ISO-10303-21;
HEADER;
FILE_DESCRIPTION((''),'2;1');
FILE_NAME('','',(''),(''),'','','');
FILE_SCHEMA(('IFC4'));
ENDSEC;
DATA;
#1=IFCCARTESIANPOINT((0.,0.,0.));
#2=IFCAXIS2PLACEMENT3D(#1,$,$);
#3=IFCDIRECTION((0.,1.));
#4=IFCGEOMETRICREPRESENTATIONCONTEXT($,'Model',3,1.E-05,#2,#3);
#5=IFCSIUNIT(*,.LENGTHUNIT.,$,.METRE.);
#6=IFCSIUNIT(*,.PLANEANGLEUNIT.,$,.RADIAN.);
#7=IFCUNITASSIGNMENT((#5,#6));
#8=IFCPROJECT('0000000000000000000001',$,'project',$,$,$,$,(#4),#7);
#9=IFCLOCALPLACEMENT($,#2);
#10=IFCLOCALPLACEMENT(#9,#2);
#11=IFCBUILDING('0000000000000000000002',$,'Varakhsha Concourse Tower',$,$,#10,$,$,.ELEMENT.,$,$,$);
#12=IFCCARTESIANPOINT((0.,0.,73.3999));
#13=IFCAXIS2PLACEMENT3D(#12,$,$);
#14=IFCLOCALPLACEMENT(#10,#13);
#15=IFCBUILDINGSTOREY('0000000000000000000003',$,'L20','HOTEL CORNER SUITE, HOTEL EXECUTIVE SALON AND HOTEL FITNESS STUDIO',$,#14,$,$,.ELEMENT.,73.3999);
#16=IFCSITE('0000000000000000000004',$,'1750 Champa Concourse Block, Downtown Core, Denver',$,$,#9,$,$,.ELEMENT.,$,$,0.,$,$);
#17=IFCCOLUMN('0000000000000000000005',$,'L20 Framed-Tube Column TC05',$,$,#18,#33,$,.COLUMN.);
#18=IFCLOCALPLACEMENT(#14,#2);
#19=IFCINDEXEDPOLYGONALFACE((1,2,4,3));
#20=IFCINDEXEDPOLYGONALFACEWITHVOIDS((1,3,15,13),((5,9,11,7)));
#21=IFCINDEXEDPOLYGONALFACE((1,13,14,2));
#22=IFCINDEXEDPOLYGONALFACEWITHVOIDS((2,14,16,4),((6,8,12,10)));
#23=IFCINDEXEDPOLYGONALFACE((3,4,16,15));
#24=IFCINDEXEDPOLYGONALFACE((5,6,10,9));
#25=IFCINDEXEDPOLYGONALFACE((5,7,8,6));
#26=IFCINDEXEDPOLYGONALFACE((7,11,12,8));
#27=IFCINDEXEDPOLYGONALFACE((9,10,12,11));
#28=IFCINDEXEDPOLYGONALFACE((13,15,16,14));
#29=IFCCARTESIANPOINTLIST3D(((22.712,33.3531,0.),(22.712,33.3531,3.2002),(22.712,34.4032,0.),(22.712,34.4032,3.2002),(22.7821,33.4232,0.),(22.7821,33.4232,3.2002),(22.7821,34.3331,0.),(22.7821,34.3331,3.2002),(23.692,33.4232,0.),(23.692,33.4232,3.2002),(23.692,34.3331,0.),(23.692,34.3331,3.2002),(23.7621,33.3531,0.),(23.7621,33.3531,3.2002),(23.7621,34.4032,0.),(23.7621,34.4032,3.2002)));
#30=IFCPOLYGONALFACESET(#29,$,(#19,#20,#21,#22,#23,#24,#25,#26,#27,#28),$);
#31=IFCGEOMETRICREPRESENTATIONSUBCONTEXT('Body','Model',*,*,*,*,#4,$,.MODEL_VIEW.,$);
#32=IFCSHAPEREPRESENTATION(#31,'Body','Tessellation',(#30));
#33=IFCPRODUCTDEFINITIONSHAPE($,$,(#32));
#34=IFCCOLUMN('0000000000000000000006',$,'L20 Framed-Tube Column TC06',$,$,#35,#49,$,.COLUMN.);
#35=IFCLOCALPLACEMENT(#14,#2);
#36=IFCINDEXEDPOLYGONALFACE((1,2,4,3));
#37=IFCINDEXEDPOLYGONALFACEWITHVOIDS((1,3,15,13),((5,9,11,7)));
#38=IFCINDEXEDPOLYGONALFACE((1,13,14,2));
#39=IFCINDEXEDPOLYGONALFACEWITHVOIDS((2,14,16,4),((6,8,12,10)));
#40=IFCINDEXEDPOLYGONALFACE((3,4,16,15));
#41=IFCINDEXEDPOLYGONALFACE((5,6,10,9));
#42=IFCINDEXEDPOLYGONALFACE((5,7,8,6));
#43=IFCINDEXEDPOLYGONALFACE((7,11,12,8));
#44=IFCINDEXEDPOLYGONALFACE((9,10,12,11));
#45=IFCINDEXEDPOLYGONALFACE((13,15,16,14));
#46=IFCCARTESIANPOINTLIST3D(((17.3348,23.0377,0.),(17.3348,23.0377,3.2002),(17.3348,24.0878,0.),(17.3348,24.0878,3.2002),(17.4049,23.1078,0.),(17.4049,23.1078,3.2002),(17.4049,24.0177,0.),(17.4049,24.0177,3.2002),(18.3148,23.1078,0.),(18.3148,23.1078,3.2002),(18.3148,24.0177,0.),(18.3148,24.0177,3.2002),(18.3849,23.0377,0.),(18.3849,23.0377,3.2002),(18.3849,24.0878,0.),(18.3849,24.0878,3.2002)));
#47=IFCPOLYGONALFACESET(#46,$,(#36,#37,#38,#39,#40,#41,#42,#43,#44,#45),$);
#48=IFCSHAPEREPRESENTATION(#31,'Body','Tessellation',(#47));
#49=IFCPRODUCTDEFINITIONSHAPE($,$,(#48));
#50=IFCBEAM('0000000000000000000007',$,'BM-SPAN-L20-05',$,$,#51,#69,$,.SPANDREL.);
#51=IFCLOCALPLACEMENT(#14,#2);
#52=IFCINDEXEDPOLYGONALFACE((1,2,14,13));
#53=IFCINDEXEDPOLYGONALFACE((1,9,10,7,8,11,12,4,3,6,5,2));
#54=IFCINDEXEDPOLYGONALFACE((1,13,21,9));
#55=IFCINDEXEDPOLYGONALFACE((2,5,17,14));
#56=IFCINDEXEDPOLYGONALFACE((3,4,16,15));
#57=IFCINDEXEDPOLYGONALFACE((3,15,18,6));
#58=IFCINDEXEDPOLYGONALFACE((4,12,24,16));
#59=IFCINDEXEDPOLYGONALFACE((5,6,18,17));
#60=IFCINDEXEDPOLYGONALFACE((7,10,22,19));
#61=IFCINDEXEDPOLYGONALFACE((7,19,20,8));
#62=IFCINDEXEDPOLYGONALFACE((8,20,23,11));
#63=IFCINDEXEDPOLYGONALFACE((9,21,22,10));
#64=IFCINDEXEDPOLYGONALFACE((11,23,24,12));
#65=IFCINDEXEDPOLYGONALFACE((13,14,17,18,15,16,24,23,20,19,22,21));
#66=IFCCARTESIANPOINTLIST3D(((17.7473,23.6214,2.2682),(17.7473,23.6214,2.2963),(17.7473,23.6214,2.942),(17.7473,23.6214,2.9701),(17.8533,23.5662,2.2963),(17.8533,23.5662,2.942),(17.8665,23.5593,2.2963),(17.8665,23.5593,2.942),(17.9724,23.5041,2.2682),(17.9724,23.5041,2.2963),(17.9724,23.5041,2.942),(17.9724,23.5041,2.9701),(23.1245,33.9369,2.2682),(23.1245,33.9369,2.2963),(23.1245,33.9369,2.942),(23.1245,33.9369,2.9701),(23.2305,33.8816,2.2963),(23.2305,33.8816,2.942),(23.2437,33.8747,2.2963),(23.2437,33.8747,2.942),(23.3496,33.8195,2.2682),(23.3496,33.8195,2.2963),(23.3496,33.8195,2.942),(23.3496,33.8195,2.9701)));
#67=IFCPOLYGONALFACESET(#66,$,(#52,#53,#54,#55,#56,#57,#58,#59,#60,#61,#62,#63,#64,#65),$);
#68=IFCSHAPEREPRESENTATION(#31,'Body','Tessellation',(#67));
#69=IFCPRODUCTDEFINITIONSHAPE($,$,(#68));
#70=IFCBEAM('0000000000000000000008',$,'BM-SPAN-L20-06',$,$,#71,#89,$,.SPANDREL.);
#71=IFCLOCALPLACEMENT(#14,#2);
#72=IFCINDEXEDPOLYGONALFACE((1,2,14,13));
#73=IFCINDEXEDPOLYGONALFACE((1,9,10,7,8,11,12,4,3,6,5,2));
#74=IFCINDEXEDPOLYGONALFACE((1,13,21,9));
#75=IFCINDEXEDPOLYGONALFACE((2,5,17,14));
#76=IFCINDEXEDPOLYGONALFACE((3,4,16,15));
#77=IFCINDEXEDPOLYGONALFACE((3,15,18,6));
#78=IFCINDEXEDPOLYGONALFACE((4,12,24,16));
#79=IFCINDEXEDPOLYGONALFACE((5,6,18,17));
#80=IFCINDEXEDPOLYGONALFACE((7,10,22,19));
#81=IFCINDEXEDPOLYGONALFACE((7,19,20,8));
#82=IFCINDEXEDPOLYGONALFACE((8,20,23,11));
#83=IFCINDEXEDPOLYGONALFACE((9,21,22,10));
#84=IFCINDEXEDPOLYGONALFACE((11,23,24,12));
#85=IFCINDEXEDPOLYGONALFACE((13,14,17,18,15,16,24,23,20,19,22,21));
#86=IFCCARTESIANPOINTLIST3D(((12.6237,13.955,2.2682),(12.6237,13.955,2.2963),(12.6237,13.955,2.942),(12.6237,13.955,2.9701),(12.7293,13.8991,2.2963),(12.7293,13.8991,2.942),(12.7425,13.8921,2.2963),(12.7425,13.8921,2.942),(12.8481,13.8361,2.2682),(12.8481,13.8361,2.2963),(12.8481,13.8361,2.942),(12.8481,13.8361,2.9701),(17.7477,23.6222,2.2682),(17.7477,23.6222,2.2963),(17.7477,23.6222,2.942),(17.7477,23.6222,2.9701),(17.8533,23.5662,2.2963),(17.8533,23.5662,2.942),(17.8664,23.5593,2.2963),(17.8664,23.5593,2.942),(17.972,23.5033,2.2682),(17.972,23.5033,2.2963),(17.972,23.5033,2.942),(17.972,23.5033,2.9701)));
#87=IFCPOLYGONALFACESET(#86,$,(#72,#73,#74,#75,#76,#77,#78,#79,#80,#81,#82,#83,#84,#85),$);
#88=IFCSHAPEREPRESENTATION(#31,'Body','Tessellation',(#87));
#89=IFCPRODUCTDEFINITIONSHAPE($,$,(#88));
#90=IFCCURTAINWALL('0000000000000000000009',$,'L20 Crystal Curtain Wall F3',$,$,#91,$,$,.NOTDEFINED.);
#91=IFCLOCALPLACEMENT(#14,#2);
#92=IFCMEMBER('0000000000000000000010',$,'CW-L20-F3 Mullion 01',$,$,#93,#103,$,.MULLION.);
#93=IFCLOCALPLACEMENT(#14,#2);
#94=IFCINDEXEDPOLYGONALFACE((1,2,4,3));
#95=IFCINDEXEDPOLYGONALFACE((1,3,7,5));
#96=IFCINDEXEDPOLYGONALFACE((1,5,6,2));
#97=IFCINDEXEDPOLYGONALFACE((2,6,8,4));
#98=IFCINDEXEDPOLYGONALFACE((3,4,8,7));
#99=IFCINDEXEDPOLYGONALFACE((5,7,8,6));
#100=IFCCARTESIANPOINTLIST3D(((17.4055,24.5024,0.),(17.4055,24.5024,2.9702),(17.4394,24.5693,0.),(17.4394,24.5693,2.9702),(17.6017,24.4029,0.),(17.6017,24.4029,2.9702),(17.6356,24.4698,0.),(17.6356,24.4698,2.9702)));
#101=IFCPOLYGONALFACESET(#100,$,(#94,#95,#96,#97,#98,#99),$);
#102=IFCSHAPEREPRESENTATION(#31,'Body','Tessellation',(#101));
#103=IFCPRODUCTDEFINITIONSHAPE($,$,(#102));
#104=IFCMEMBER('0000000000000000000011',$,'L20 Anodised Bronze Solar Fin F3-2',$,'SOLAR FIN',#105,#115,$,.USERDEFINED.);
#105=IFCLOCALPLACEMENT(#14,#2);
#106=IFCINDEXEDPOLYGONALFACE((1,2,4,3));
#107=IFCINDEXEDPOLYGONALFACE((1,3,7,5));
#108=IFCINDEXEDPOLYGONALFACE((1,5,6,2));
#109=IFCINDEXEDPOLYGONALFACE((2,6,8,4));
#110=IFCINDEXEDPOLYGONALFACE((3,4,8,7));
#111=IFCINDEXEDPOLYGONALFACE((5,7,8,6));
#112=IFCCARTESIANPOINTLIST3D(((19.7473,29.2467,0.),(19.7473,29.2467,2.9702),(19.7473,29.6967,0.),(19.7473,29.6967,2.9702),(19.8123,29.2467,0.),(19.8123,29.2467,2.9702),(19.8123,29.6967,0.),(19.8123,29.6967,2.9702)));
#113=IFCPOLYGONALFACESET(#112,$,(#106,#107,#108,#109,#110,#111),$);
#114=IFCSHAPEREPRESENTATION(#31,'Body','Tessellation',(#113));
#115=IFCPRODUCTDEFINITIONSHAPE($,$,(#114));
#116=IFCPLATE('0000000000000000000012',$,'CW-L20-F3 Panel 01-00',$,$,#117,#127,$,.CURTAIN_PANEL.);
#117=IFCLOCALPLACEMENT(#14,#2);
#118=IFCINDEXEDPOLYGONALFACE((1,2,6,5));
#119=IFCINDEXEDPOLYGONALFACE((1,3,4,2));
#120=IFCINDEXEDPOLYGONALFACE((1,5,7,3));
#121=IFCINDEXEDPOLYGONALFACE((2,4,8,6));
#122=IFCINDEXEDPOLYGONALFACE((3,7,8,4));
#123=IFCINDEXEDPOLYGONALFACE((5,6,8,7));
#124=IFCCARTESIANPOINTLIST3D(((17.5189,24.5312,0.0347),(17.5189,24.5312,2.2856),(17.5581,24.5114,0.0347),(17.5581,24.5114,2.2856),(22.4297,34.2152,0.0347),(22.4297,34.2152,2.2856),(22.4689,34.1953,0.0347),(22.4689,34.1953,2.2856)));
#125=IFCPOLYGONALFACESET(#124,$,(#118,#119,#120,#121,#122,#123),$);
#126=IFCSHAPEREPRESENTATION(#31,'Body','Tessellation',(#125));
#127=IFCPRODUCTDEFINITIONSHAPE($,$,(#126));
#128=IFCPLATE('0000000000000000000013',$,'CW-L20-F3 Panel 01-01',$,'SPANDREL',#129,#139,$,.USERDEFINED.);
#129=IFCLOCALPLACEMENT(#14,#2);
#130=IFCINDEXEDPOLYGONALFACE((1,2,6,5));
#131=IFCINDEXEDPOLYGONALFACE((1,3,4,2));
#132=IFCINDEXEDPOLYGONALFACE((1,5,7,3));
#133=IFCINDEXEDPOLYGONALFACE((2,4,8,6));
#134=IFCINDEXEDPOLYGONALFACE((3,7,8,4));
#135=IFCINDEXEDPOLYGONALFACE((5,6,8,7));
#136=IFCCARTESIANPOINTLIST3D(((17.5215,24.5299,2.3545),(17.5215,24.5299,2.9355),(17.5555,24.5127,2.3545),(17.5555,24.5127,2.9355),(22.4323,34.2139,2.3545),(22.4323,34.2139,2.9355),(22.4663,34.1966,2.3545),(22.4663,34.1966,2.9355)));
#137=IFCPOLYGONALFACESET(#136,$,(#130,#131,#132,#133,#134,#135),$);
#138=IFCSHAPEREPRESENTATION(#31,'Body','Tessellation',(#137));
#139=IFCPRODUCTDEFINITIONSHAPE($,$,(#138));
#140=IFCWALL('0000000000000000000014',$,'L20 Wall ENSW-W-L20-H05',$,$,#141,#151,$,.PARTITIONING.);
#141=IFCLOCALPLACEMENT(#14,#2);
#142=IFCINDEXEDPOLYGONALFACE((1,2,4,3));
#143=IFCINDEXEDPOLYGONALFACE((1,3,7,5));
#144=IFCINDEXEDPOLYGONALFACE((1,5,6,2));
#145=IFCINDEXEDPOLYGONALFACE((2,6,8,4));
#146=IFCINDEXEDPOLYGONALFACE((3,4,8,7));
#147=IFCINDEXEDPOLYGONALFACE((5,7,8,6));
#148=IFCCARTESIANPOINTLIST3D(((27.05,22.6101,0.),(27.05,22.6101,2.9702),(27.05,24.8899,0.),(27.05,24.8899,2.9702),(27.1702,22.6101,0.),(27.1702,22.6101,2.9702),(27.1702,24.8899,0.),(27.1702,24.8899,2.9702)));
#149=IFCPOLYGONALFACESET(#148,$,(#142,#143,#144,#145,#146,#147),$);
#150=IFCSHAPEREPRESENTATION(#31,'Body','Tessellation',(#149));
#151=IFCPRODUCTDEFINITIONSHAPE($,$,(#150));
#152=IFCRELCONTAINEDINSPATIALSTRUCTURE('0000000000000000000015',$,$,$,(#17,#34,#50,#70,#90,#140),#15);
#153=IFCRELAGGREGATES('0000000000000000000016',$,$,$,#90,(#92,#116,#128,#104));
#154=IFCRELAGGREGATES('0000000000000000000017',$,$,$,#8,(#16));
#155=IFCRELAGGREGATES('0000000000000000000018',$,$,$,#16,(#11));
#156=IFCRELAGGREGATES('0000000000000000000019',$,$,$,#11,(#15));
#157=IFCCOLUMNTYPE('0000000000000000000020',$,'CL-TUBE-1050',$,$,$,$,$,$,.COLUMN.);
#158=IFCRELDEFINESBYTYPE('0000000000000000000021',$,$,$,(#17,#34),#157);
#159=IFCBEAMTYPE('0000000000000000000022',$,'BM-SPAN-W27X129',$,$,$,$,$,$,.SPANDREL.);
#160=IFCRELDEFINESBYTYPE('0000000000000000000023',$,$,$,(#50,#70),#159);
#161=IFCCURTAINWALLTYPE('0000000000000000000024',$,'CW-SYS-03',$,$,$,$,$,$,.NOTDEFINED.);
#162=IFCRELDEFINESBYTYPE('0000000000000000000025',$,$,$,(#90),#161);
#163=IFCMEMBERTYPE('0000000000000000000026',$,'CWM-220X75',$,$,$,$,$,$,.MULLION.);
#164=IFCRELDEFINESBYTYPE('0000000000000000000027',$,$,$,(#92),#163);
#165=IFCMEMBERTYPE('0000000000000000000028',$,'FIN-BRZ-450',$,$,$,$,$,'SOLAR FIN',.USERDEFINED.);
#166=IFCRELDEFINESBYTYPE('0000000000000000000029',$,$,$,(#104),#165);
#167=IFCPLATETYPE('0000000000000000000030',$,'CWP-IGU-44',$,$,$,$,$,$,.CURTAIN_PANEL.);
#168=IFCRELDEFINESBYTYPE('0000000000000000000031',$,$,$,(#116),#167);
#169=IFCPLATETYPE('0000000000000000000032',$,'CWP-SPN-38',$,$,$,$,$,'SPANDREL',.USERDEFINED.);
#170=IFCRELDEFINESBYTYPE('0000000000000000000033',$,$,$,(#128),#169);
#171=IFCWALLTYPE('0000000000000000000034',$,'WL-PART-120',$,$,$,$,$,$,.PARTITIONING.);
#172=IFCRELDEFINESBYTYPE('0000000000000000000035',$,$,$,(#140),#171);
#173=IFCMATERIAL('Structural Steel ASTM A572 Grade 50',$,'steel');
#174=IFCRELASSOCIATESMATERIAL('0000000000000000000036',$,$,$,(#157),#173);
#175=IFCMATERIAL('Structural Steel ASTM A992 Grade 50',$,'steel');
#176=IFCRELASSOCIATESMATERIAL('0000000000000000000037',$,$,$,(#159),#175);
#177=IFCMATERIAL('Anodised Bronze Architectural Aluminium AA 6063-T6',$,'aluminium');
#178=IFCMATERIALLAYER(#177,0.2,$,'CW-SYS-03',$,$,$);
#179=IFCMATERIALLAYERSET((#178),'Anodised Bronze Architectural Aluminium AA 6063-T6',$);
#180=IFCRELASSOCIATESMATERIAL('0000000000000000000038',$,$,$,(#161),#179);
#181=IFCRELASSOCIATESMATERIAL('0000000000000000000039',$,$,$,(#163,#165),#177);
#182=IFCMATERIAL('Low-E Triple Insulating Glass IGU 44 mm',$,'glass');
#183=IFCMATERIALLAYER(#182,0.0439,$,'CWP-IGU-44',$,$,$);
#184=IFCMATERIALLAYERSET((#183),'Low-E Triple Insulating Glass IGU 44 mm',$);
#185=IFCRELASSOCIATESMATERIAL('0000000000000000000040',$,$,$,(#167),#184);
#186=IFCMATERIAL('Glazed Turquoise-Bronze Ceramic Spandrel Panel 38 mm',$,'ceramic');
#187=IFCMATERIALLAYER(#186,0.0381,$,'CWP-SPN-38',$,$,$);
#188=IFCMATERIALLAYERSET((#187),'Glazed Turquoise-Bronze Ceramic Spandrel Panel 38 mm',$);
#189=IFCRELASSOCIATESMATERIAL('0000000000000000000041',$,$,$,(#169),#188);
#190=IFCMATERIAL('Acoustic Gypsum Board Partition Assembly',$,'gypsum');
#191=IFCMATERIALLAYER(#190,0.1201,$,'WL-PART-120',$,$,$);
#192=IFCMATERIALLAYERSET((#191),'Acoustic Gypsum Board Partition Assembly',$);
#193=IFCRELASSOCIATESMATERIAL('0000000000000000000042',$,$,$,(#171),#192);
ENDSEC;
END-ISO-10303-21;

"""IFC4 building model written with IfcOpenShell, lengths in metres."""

from ifc_helpers import new_model, si_unit, direction, frame, frame_2d, origin, origin_2d, place, context, subcontext, project, spatial, rectangle, hollow_rectangle, i_section, extrude, source, transform, mapped, material, layer, layer_set, material_profile, profile_set, type_object, type_shapes, element, aggregate, save


model = new_model("IFC4")

# Units and contexts
model_context = context("Model", 3, precision=1e-05, world=origin(), true_north=direction((0.0, 1.0)))
body_context = subcontext(model_context, "Body", "Model", "MODEL_VIEW")
ifc_project = project(units=[si_unit("LENGTHUNIT", "METRE"), si_unit("PLANEANGLEUNIT", "RADIAN")], contexts=[model_context])

# Site, building, storey
site_placement = place(None, origin())
site = spatial("IfcSite", under=ifc_project, at=site_placement, Name="1750 Champa Concourse Block, Downtown Core, Denver", CompositionType="ELEMENT", RefElevation=0.0)
building_placement = place(site_placement, origin())
building = spatial("IfcBuilding", under=site, at=building_placement, Name="Varakhsha Concourse Tower", CompositionType="ELEMENT")
storey_placement = place(building_placement, frame((0.0, 0.0, 73.3999)))
storey = spatial("IfcBuildingStorey", under=building, at=storey_placement, Name="L20", Description="HOTEL CORNER SUITE, HOTEL EXECUTIVE SALON AND HOTEL FITNESS STUDIO", CompositionType="ELEMENT", Elevation=73.3999)

# Columns
ifc_material_1 = material(Name="Structural Steel ASTM A572 Grade 50", Category="steel")
ifc_material_profile_1 = material_profile(ifc_material_1, hollow_rectangle(XDim=1.05, YDim=1.05, WallThickness=0.0701, at=origin_2d()), Name="BOX 1050x1050x70")
ifc_profile_set_1 = profile_set([ifc_material_profile_1], Name="Structural Steel ASTM A572 Grade 50")
column_type = type_object("IfcColumnType", Name="CL-TUBE-1050", PredefinedType="COLUMN", material=ifc_profile_set_1)
for number, where, z_axis, x_axis, name in (
    (1, (23.2371, 33.8782, 0.0), (0.0, 0.0, 1.0), (1.0, 0.0, 0.0), "L20 Framed-Tube Column TC05"),
    (2, (17.8599, 23.5627, 0.0), (0.0, 0.0, 1.0), (1.0, 0.0, 0.0), "L20 Framed-Tube Column TC06"),
):
    element("IfcColumn", number, at=place(storey_placement, frame(where, z_axis=z_axis, x_axis=x_axis)), inside=storey, type_object=column_type, Name=name, PredefinedType="COLUMN", context=body_context, shape_type="SweptSolid", body=[
        extrude(hollow_rectangle(XDim=1.05, YDim=1.05, WallThickness=0.0701, at=origin_2d()), origin(), (0.0, 0.0, 1.0), 3.2002),
    ])

# Beams
ifc_material_2 = material(Name="Structural Steel ASTM A992 Grade 50", Category="steel")
ifc_material_profile_2 = material_profile(ifc_material_2, i_section(OverallWidth=0.2539, OverallDepth=0.7019, WebThickness=0.0149, FlangeThickness=0.0281, at=origin_2d()), Name="W27X129")
ifc_profile_set_2 = profile_set([ifc_material_profile_2], Name="Structural Steel ASTM A992 Grade 50")
beam_type = type_object("IfcBeamType", Name="BM-SPAN-W27X129", PredefinedType="SPANDREL", material=ifc_profile_set_2)
beam_1_placement = place(storey_placement, frame((23.2371, 33.8782, 2.6191), z_axis=(-0.462244, -0.886753, 0.0), x_axis=(0.886753, -0.462244, 0.0)))
element("IfcBeam", 3, at=beam_1_placement, inside=storey, type_object=beam_type, Name="BM-SPAN-L20-05", PredefinedType="SPANDREL", context=body_context, shape_type="SweptSolid", body=[
    extrude(i_section(OverallWidth=0.2539, OverallDepth=0.7019, WebThickness=0.0149, FlangeThickness=0.0281, at=origin_2d()), origin(), (0.0, 0.0, 1.0), 11.6328),
])
beam_2_placement = place(storey_placement, frame((17.8599, 23.5627, 2.6191), z_axis=(-0.468321, -0.883558, 0.0), x_axis=(0.883558, -0.468321, 0.0)))
element("IfcBeam", 4, at=beam_2_placement, inside=storey, type_object=beam_type, Name="BM-SPAN-L20-06", PredefinedType="SPANDREL", context=body_context, shape_type="SweptSolid", body=[
    extrude(i_section(OverallWidth=0.2539, OverallDepth=0.7019, WebThickness=0.0149, FlangeThickness=0.0281, at=origin_2d()), origin(), (0.0, 0.0, 1.0), 10.9412),
])

# Curtain wall, members, plates
ifc_material_3 = material(Name="Anodised Bronze Architectural Aluminium AA 6063-T6", Category="aluminium")
ifc_layer_1 = layer(ifc_material_3, 0.2, Name="CW-SYS-03")
ifc_layer_set_1 = layer_set([ifc_layer_1], Name="Anodised Bronze Architectural Aluminium AA 6063-T6")
curtain_wall_type = type_object("IfcCurtainWallType", Name="CW-SYS-03", PredefinedType="NOTDEFINED", material=ifc_layer_set_1)
curtain_wall_placement = place(storey_placement, origin())
curtain_wall = element("IfcCurtainWall", 5, at=curtain_wall_placement, inside=storey, type_object=curtain_wall_type, Name="L20 Crystal Curtain Wall F3", PredefinedType="NOTDEFINED")
ifc_material_profile_3 = material_profile(ifc_material_3, rectangle(XDim=0.075, YDim=0.22, at=origin_2d()), Name="CWM-220X75")
ifc_profile_set_3 = profile_set([ifc_material_profile_3], Name="Anodised Bronze Architectural Aluminium AA 6063-T6")
member_type_1 = type_object("IfcMemberType", Name="CWM-220X75", PredefinedType="MULLION", material=ifc_profile_set_3)
shared_shape_1 = source(origin(), body_context, "Body", "SweptSolid", [
    extrude(rectangle(XDim=0.075, YDim=0.22, at=origin_2d()), origin(), (0.0, 0.0, 1.0), 2.9702),
])
type_shapes(member_type_1, [shared_shape_1])
member_1_placement = place(storey_placement, frame((17.5205, 24.4861, 0.0), z_axis=(0.0, 0.0, 1.0), x_axis=(0.452274, 0.891879, 0.0)))
member_1 = element("IfcMember", 6, at=member_1_placement, type_object=member_type_1, Name="CW-L20-F3 Mullion 01", PredefinedType="MULLION", context=body_context, shape_type="MappedRepresentation", body=[
    mapped(shared_shape_1, transform((0.0, 0.0, 0.0), scale=1.0)),
])
ifc_material_profile_4 = material_profile(ifc_material_3, rectangle(XDim=0.0649, YDim=0.45, at=origin_2d()), Name="FIN-BRZ-450")
ifc_profile_set_4 = profile_set([ifc_material_profile_4], Name="Anodised Bronze Architectural Aluminium AA 6063-T6")
member_type_2 = type_object("IfcMemberType", Name="FIN-BRZ-450", ElementType="SOLAR FIN", PredefinedType="USERDEFINED", material=ifc_profile_set_4)
shared_shape_2 = source(origin(), body_context, "Body", "SweptSolid", [
    extrude(rectangle(XDim=0.0649, YDim=0.45, at=origin_2d()), origin(), (0.0, 0.0, 1.0), 2.9702),
])
type_shapes(member_type_2, [shared_shape_2])
member_2_placement = place(storey_placement, frame((19.7798, 29.4717, 0.0), z_axis=(0.0, 0.0, 1.0), x_axis=(1.0, 0.0, 0.0)))
member_2 = element("IfcMember", 7, at=member_2_placement, type_object=member_type_2, Name="L20 Anodised Bronze Solar Fin F3-2", ObjectType="SOLAR FIN", PredefinedType="USERDEFINED", context=body_context, shape_type="MappedRepresentation", body=[
    mapped(shared_shape_2, transform((0.0, 0.0, 0.0), scale=1.0)),
])
ifc_material_4 = material(Name="Low-E Triple Insulating Glass IGU 44 mm", Category="glass")
ifc_layer_2 = layer(ifc_material_4, 0.0439, Name="CWP-IGU-44")
ifc_layer_set_2 = layer_set([ifc_layer_2], Name="Low-E Triple Insulating Glass IGU 44 mm")
plate_type_1 = type_object("IfcPlateType", Name="CWP-IGU-44", PredefinedType="CURTAIN_PANEL", material=ifc_layer_set_2)
shared_shape_3 = source(origin(), body_context, "Body", "SweptSolid", [
    extrude(rectangle(XDim=10.8579, YDim=0.0439, at=origin_2d()), origin(), (0.0, 0.0, 1.0), 2.251),
])
type_shapes(plate_type_1, [shared_shape_3])
plate_1_placement = place(storey_placement, frame((19.9939, 29.3633, 0.0347), z_axis=(0.0, 0.0, 1.0), x_axis=(0.452274, 0.891879, 0.0)))
plate_1 = element("IfcPlate", 8, at=plate_1_placement, type_object=plate_type_1, Name="CW-L20-F3 Panel 01-00", PredefinedType="CURTAIN_PANEL", context=body_context, shape_type="MappedRepresentation", body=[
    mapped(shared_shape_3, transform((0.0, 0.0, 0.0), scale=1.0)),
])
ifc_material_5 = material(Name="Glazed Turquoise-Bronze Ceramic Spandrel Panel 38 mm", Category="ceramic")
ifc_layer_3 = layer(ifc_material_5, 0.0381, Name="CWP-SPN-38")
ifc_layer_set_3 = layer_set([ifc_layer_3], Name="Glazed Turquoise-Bronze Ceramic Spandrel Panel 38 mm")
plate_type_2 = type_object("IfcPlateType", Name="CWP-SPN-38", ElementType="SPANDREL", PredefinedType="USERDEFINED", material=ifc_layer_set_3)
shared_shape_4 = source(origin(), body_context, "Body", "SweptSolid", [
    extrude(rectangle(XDim=10.8579, YDim=0.0381, at=origin_2d()), origin(), (0.0, 0.0, 1.0), 0.5811),
])
type_shapes(plate_type_2, [shared_shape_4])
plate_2_placement = place(storey_placement, frame((19.9939, 29.3633, 2.3545), z_axis=(0.0, 0.0, 1.0), x_axis=(0.452274, 0.891879, 0.0)))
plate_2 = element("IfcPlate", 9, at=plate_2_placement, type_object=plate_type_2, Name="CW-L20-F3 Panel 01-01", ObjectType="SPANDREL", PredefinedType="USERDEFINED", context=body_context, shape_type="MappedRepresentation", body=[
    mapped(shared_shape_4, transform((0.0, 0.0, 0.0), scale=1.0)),
])
aggregate(curtain_wall, [member_1, plate_1, plate_2, member_2])

# Wall
ifc_material_6 = material(Name="Acoustic Gypsum Board Partition Assembly", Category="gypsum")
ifc_layer_4 = layer(ifc_material_6, 0.1201, Name="WL-PART-120")
ifc_layer_set_4 = layer_set([ifc_layer_4], Name="Acoustic Gypsum Board Partition Assembly")
wall_type_1 = type_object("IfcWallType", Name="WL-PART-120", PredefinedType="PARTITIONING", material=ifc_layer_set_4)
wall_1_placement = place(storey_placement, frame((27.1101, 22.6101, 0.0), z_axis=(0.0, 0.0, 1.0), x_axis=(0.0, 1.0, 0.0)))
element("IfcWall", 10, at=wall_1_placement, inside=storey, type_object=wall_type_1, Name="L20 Wall ENSW-W-L20-H05", PredefinedType="PARTITIONING", context=body_context, shape_type="SweptSolid", body=[
    extrude(rectangle(XDim=2.2798, YDim=0.1201, at=frame_2d((1.1399, 0.0))), origin(), (0.0, 0.0, 1.0), 2.9702),
])

save(model, "model.ifc")
